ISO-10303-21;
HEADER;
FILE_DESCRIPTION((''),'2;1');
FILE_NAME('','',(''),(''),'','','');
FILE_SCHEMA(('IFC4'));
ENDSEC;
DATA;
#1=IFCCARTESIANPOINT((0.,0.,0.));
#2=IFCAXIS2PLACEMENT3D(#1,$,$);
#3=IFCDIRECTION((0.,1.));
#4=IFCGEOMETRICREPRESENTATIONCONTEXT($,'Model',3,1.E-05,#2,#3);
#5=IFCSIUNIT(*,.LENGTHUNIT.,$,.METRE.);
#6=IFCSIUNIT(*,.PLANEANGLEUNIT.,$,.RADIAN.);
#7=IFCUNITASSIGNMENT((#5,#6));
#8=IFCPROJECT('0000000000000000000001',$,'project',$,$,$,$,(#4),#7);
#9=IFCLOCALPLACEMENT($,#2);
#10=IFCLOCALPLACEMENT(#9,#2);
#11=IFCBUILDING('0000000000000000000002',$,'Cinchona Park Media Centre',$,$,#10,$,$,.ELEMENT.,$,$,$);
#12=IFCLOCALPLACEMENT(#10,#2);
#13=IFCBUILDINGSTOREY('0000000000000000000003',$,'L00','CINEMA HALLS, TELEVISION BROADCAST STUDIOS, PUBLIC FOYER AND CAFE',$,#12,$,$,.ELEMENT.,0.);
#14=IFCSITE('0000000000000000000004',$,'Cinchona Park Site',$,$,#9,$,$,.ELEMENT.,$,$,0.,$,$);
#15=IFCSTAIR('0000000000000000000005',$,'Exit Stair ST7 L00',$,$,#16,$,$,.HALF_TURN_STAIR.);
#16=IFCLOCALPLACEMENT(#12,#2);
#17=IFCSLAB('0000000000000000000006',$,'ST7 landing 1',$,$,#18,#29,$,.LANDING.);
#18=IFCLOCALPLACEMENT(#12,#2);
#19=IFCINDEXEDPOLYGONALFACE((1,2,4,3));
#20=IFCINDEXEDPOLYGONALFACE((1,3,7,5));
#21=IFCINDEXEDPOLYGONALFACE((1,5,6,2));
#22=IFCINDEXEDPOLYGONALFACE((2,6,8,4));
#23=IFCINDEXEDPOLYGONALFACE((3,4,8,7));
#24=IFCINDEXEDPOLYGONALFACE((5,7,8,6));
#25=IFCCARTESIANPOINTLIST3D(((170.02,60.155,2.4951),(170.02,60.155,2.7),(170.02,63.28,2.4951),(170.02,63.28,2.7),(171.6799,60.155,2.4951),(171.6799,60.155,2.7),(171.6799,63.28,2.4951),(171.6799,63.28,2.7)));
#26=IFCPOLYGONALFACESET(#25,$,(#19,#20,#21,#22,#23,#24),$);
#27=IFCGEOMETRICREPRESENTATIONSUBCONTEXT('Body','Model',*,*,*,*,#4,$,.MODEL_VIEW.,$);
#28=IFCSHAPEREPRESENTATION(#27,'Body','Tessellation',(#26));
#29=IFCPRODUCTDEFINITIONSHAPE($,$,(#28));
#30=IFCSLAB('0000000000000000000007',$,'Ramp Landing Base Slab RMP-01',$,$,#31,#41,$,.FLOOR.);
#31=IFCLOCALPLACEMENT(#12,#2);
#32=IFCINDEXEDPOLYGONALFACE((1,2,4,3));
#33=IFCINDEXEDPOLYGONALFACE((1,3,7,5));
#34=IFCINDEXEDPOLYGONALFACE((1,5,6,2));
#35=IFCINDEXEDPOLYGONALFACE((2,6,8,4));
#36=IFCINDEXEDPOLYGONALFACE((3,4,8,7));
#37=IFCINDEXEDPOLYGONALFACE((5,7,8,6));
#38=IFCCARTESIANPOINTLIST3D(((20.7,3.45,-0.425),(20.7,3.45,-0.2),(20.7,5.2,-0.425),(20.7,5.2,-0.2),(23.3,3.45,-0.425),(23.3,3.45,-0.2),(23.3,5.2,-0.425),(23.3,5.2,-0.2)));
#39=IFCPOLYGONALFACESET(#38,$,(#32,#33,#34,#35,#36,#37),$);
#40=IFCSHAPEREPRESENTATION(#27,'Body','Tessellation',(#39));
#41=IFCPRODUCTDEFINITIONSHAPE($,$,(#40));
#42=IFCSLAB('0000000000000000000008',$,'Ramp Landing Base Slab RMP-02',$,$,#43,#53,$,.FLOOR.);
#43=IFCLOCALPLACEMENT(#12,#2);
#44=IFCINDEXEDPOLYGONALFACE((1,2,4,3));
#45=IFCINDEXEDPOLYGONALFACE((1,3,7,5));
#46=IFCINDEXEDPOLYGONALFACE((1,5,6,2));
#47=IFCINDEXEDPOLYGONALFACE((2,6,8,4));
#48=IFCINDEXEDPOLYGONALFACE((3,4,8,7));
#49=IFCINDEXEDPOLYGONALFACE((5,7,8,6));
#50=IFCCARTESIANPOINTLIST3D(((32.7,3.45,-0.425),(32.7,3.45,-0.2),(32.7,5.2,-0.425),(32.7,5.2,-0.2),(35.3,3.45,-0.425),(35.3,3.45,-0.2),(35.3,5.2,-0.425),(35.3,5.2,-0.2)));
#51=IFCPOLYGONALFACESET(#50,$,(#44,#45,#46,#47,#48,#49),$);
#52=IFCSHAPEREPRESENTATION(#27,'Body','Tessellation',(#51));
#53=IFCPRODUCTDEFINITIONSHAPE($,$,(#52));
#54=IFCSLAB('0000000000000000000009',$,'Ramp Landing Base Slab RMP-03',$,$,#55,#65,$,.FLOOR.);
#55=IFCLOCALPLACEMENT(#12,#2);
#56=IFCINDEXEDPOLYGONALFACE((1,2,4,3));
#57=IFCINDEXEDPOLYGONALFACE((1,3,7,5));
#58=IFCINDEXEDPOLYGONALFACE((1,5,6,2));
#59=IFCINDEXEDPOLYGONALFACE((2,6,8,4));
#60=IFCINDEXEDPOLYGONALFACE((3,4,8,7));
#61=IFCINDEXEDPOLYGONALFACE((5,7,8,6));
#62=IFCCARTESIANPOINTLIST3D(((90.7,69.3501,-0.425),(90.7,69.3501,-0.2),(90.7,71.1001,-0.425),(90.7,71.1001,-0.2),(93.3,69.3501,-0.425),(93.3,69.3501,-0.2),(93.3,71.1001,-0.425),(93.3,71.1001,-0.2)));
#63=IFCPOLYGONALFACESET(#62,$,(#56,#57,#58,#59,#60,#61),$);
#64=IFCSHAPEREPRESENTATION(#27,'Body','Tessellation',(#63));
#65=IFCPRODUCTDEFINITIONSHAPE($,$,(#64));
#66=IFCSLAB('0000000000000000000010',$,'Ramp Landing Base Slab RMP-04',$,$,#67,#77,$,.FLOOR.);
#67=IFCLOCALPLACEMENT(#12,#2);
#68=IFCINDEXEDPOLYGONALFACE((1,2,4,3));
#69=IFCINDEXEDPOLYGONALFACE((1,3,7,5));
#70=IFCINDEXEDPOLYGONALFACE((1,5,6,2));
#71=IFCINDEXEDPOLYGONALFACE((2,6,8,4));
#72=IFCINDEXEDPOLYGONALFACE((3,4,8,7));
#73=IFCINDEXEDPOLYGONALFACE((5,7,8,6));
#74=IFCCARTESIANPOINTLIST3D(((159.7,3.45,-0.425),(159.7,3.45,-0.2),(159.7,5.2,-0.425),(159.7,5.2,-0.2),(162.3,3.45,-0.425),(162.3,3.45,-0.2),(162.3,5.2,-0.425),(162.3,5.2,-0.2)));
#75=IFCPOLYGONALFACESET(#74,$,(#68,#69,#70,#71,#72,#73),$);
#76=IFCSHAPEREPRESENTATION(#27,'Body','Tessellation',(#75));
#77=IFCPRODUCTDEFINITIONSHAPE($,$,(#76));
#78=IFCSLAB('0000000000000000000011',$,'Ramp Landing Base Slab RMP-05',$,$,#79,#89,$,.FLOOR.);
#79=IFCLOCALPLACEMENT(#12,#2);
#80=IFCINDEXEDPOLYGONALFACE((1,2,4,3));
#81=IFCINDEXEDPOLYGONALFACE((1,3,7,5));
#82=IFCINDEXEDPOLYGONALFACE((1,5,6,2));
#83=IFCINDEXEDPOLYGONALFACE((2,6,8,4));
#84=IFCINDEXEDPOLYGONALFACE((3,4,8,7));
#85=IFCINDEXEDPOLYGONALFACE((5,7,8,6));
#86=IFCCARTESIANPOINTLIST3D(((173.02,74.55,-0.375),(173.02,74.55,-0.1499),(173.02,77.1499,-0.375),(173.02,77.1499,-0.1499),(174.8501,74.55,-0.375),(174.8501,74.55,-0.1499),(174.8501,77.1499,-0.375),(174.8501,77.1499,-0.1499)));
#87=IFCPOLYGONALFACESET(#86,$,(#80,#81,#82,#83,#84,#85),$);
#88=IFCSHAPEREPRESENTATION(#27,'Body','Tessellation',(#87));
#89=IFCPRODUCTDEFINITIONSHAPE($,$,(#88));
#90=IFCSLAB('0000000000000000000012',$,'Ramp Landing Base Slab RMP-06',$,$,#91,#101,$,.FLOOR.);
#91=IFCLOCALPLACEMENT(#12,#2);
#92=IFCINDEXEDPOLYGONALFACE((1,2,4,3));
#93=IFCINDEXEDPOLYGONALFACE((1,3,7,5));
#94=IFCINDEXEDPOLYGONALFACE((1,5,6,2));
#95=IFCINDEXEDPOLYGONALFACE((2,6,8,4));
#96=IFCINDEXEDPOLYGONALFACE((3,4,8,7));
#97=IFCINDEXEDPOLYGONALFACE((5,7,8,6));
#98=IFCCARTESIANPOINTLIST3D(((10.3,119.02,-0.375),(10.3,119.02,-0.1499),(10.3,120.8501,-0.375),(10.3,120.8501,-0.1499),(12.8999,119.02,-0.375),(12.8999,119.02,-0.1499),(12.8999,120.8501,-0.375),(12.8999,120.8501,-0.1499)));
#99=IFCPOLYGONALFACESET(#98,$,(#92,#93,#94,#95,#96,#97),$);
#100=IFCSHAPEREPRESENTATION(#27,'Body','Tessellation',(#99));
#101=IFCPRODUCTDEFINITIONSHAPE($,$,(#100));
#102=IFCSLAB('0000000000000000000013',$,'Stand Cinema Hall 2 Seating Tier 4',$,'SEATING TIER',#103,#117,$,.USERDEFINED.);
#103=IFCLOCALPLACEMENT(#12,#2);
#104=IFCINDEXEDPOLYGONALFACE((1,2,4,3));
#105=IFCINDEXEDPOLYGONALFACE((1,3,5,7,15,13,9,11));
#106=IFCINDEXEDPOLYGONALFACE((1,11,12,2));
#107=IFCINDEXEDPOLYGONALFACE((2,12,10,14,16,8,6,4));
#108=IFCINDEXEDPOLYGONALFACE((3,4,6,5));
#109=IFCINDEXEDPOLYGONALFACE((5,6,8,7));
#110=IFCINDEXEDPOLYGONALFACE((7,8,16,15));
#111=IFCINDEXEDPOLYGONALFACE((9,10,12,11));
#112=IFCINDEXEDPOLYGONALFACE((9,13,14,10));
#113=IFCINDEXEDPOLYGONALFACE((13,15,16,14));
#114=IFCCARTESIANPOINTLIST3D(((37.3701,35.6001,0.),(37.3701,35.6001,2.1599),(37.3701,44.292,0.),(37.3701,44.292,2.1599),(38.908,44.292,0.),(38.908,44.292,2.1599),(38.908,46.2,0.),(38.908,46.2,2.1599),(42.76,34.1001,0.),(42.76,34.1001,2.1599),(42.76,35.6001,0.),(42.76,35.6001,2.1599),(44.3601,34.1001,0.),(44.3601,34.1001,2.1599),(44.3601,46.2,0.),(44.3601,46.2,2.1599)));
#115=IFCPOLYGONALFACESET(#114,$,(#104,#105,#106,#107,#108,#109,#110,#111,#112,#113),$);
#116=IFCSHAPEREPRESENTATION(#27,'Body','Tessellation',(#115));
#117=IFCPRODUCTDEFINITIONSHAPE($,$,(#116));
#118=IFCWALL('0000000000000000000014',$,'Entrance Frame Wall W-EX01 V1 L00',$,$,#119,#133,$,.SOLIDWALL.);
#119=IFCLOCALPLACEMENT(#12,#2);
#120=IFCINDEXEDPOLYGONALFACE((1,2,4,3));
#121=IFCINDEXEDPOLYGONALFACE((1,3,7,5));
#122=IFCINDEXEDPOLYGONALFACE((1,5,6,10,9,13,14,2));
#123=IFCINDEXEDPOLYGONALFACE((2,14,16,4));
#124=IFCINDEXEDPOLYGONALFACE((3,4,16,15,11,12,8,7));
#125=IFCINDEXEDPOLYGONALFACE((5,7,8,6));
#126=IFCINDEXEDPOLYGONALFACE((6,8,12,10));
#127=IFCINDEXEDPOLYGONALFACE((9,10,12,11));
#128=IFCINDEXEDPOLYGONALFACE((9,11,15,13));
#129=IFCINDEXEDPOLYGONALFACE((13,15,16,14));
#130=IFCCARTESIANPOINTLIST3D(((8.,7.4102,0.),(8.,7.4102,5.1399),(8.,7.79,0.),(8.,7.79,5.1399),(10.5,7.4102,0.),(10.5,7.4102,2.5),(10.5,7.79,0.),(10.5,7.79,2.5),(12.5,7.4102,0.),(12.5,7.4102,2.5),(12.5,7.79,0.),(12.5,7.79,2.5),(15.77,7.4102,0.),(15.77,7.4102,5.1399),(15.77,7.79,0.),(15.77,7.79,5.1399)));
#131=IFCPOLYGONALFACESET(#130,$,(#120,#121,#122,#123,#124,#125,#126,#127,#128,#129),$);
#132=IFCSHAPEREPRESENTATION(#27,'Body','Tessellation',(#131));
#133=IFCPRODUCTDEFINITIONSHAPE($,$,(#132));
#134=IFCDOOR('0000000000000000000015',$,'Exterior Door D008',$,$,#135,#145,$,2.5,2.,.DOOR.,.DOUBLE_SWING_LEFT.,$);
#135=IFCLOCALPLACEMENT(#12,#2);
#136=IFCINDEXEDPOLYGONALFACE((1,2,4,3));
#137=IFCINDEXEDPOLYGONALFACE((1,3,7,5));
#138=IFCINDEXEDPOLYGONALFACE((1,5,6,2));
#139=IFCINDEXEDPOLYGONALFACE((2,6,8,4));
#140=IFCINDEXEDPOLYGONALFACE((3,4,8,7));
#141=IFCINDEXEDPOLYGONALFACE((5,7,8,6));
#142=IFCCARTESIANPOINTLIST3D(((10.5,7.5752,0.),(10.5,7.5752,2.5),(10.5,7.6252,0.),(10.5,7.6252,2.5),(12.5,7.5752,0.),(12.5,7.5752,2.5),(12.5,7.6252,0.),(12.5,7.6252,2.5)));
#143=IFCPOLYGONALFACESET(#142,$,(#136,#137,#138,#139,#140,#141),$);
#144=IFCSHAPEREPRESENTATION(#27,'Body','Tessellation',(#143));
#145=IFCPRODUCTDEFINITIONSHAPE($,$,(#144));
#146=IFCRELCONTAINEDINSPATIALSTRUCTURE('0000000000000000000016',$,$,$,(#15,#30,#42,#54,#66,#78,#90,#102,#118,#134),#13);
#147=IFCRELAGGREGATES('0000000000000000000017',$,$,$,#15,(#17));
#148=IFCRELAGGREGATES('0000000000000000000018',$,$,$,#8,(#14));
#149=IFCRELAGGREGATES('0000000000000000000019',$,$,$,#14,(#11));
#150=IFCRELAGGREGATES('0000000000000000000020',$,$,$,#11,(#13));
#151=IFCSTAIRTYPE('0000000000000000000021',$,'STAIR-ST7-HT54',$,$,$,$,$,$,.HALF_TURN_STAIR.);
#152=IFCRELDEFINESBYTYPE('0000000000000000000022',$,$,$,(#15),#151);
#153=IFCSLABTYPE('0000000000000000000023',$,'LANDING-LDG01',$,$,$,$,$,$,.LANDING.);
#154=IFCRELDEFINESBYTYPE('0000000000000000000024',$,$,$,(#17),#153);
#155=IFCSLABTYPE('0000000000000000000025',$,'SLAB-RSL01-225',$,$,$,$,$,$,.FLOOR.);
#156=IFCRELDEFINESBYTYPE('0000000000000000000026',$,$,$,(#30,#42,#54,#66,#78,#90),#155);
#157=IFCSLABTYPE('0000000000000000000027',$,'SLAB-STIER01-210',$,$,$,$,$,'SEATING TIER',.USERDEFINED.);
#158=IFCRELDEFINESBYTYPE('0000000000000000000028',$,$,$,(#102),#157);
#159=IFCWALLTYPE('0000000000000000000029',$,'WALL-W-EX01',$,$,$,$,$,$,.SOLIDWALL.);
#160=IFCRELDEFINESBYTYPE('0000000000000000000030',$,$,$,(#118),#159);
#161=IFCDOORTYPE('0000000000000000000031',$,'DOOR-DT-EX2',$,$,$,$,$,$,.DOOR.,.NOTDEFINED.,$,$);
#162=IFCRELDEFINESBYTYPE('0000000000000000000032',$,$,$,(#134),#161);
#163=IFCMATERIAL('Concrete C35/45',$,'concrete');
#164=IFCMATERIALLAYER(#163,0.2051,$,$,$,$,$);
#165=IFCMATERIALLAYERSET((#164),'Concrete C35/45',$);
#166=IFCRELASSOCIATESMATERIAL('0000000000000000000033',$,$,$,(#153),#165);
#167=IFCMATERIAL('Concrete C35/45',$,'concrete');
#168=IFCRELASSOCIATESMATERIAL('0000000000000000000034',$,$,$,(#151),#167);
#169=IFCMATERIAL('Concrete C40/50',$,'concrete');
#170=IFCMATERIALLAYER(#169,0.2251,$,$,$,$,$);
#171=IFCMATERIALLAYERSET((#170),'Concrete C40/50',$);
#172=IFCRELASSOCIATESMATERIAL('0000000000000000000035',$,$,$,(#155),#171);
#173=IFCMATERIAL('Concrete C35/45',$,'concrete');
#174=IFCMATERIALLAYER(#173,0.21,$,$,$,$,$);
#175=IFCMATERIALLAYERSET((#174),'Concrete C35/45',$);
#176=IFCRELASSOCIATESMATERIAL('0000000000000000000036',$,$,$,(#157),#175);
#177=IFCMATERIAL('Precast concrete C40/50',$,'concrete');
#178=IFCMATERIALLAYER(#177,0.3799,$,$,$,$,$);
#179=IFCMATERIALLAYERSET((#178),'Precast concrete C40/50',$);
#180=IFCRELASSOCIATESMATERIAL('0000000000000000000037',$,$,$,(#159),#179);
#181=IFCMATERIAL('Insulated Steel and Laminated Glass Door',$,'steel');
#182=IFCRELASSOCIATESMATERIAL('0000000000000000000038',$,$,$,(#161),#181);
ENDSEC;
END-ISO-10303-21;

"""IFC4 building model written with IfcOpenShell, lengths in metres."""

from ifc_helpers import new_model, si_unit, direction, frame, frame_2d, origin, place, context, subcontext, project, spatial, polyline, rectangle, outline, extrude, material, layer, layer_set, type_object, element, fill, aggregate, save


model = new_model("IFC4")

# Units and contexts
model_context = context("Model", 3, precision=1e-05, world=origin(), true_north=direction((0.0, 1.0)))
body_context = subcontext(model_context, "Body", "Model", "MODEL_VIEW")
ifc_project = project(units=[si_unit("LENGTHUNIT", "METRE"), si_unit("PLANEANGLEUNIT", "RADIAN")], contexts=[model_context])

# Site, building, storey
site_placement = place(None, origin())
site = spatial("IfcSite", under=ifc_project, at=site_placement, Name="Cinchona Park Site", CompositionType="ELEMENT", RefElevation=0.0)
building_placement = place(site_placement, origin())
building = spatial("IfcBuilding", under=site, at=building_placement, Name="Cinchona Park Media Centre", CompositionType="ELEMENT")
storey_placement = place(building_placement, origin())
storey = spatial("IfcBuildingStorey", under=building, at=storey_placement, Name="L00", Description="CINEMA HALLS, TELEVISION BROADCAST STUDIOS, PUBLIC FOYER AND CAFE", CompositionType="ELEMENT", Elevation=0.0)

# Stair, slab
ifc_material_1 = material(Name="Concrete C35/45", Category="concrete")
ifc_layer_1 = layer(ifc_material_1, 0.2051)
ifc_layer_set_1 = layer_set([ifc_layer_1], Name="Concrete C35/45")
slab_type_1 = type_object("IfcSlabType", Name="LANDING-LDG01", PredefinedType="LANDING", material=ifc_layer_set_1)
ifc_material_2 = material(Name="Concrete C35/45", Category="concrete")
stair_type_1 = type_object("IfcStairType", Name="STAIR-ST7-HT54", PredefinedType="HALF_TURN_STAIR", material=ifc_material_2)
stair_1_placement = place(storey_placement, origin())
stair_1 = element("IfcStair", 1, at=stair_1_placement, inside=storey, type_object=stair_type_1, Name="Exit Stair ST7 L00", PredefinedType="HALF_TURN_STAIR")
slab_1_placement = place(storey_placement, frame((0.0, 0.0, 2.4951)))
slab_1 = element("IfcSlab", 2, at=slab_1_placement, type_object=slab_type_1, Name="ST7 landing 1", PredefinedType="LANDING", context=body_context, shape_type="SweptSolid", body=[
    extrude(outline(polyline([(170.02, 60.155), (171.6799, 60.155), (171.6799, 63.28), (170.02, 63.28), (170.02, 60.155)])), origin(), (0.0, 0.0, 1.0), 0.2048),
])
aggregate(stair_1, [slab_1])

# Slabs
ifc_material_3 = material(Name="Concrete C40/50", Category="concrete")
ifc_layer_2 = layer(ifc_material_3, 0.2251)
ifc_layer_set_2 = layer_set([ifc_layer_2], Name="Concrete C40/50")
slab_type_2 = type_object("IfcSlabType", Name="SLAB-RSL01-225", PredefinedType="FLOOR", material=ifc_layer_set_2)
slab_2_placement = place(storey_placement, frame((0.0, 0.0, -0.425)))
element("IfcSlab", 3, at=slab_2_placement, inside=storey, type_object=slab_type_2, Name="Ramp Landing Base Slab RMP-01", PredefinedType="FLOOR", context=body_context, shape_type="SweptSolid", body=[
    extrude(outline(polyline([(20.7, 3.45), (23.3, 3.45), (23.3, 5.2), (20.7, 5.2), (20.7, 3.45)])), origin(), (0.0, 0.0, 1.0), 0.2251),
])
slab_3_placement = place(storey_placement, frame((0.0, 0.0, -0.425)))
element("IfcSlab", 4, at=slab_3_placement, inside=storey, type_object=slab_type_2, Name="Ramp Landing Base Slab RMP-02", PredefinedType="FLOOR", context=body_context, shape_type="SweptSolid", body=[
    extrude(outline(polyline([(32.7, 3.45), (35.3, 3.45), (35.3, 5.2), (32.7, 5.2), (32.7, 3.45)])), origin(), (0.0, 0.0, 1.0), 0.2251),
])
slab_4_placement = place(storey_placement, frame((0.0, 0.0, -0.425)))
element("IfcSlab", 5, at=slab_4_placement, inside=storey, type_object=slab_type_2, Name="Ramp Landing Base Slab RMP-03", PredefinedType="FLOOR", context=body_context, shape_type="SweptSolid", body=[
    extrude(outline(polyline([(90.7, 69.3501), (93.3, 69.3501), (93.3, 71.1001), (90.7, 71.1001), (90.7, 69.3501)])), origin(), (0.0, 0.0, 1.0), 0.2251),
])
slab_5_placement = place(storey_placement, frame((0.0, 0.0, -0.425)))
element("IfcSlab", 6, at=slab_5_placement, inside=storey, type_object=slab_type_2, Name="Ramp Landing Base Slab RMP-04", PredefinedType="FLOOR", context=body_context, shape_type="SweptSolid", body=[
    extrude(outline(polyline([(159.7, 3.45), (162.3, 3.45), (162.3, 5.2), (159.7, 5.2), (159.7, 3.45)])), origin(), (0.0, 0.0, 1.0), 0.2251),
])
slab_6_placement = place(storey_placement, frame((0.0, 0.0, -0.375)))
element("IfcSlab", 7, at=slab_6_placement, inside=storey, type_object=slab_type_2, Name="Ramp Landing Base Slab RMP-05", PredefinedType="FLOOR", context=body_context, shape_type="SweptSolid", body=[
    extrude(outline(polyline([(173.02, 74.55), (174.8501, 74.55), (174.8501, 77.1499), (173.02, 77.1499), (173.02, 74.55)])), origin(), (0.0, 0.0, 1.0), 0.2251),
])
slab_7_placement = place(storey_placement, frame((0.0, 0.0, -0.375)))
element("IfcSlab", 8, at=slab_7_placement, inside=storey, type_object=slab_type_2, Name="Ramp Landing Base Slab RMP-06", PredefinedType="FLOOR", context=body_context, shape_type="SweptSolid", body=[
    extrude(outline(polyline([(10.3, 119.02), (12.8999, 119.02), (12.8999, 120.8501), (10.3, 120.8501), (10.3, 119.02)])), origin(), (0.0, 0.0, 1.0), 0.2251),
])
ifc_material_4 = material(Name="Concrete C35/45", Category="concrete")
ifc_layer_3 = layer(ifc_material_4, 0.21)
ifc_layer_set_3 = layer_set([ifc_layer_3], Name="Concrete C35/45")
slab_type_3 = type_object("IfcSlabType", Name="SLAB-STIER01-210", ElementType="SEATING TIER", PredefinedType="USERDEFINED", material=ifc_layer_set_3)
slab_8_placement = place(storey_placement, origin())
element("IfcSlab", 9, at=slab_8_placement, inside=storey, type_object=slab_type_3, Name="Stand Cinema Hall 2 Seating Tier 4", ObjectType="SEATING TIER", PredefinedType="USERDEFINED", context=body_context, shape_type="SweptSolid", body=[
    extrude(outline(polyline([(37.3701, 35.6001), (42.76, 35.6001), (42.76, 34.1001), (44.3601, 34.1001), (44.3601, 46.2), (38.908, 46.2), (38.908, 44.292), (37.3701, 44.292), (37.3701, 35.6001)])), origin(), (0.0, 0.0, 1.0), 2.1599),
])

# Wall, opening, door
ifc_material_5 = material(Name="Precast concrete C40/50", Category="concrete")
ifc_layer_4 = layer(ifc_material_5, 0.3799)
ifc_layer_set_4 = layer_set([ifc_layer_4], Name="Precast concrete C40/50")
wall_type = type_object("IfcWallType", Name="WALL-W-EX01", PredefinedType="SOLIDWALL", material=ifc_layer_set_4)
wall_placement = place(storey_placement, frame((15.77, 7.6001, 0.0), z_axis=(0.0, 0.0, 1.0), x_axis=(-1.0, 0.0, 0.0)))
wall = element("IfcWall", 10, at=wall_placement, inside=storey, type_object=wall_type, Name="Entrance Frame Wall W-EX01 V1 L00", PredefinedType="SOLIDWALL", context=body_context, shape_type="SweptSolid", body=[
    extrude(rectangle(XDim=7.77, YDim=0.3799, at=frame_2d((3.885, 0.0))), origin(), (0.0, 0.0, 1.0), 5.1399),
])
opening_placement = place(wall_placement, frame((3.27, 0.0, 0.0)))
opening = element("IfcOpeningElement", 11, at=opening_placement, cuts=wall, PredefinedType="OPENING", context=body_context, shape_type="SweptSolid", body=[
    extrude(rectangle(XDim=2.0, YDim=2.5, at=frame_2d((1.0, 1.25))), frame((0.0, 0.2, 0.0), z_axis=(0.0, -1.0, 0.0), x_axis=(1.0, 0.0, 0.0)), (0.0, 0.0, 1.0), 0.3999),
])
ifc_material_6 = material(Name="Insulated Steel and Laminated Glass Door", Category="steel")
door_type = type_object("IfcDoorType", Name="DOOR-DT-EX2", OperationType="NOTDEFINED", PredefinedType="DOOR", material=ifc_material_6)
door_placement = place(opening_placement, origin())
door = element("IfcDoor", 12, at=door_placement, inside=storey, type_object=door_type, Name="Exterior Door D008", OperationType="DOUBLE_SWING_LEFT", OverallHeight=2.5, OverallWidth=2.0, PredefinedType="DOOR", context=body_context, shape_type="SweptSolid", body=[
    extrude(rectangle(XDim=2.0, YDim=2.5, at=frame_2d((1.0, 1.25))), frame((0.0, 0.0249, 0.0), z_axis=(0.0, -1.0, 0.0), x_axis=(1.0, 0.0, 0.0)), (0.0, 0.0, 1.0), 0.05),
])
fill(opening, door)

save(model, "model.ifc")
